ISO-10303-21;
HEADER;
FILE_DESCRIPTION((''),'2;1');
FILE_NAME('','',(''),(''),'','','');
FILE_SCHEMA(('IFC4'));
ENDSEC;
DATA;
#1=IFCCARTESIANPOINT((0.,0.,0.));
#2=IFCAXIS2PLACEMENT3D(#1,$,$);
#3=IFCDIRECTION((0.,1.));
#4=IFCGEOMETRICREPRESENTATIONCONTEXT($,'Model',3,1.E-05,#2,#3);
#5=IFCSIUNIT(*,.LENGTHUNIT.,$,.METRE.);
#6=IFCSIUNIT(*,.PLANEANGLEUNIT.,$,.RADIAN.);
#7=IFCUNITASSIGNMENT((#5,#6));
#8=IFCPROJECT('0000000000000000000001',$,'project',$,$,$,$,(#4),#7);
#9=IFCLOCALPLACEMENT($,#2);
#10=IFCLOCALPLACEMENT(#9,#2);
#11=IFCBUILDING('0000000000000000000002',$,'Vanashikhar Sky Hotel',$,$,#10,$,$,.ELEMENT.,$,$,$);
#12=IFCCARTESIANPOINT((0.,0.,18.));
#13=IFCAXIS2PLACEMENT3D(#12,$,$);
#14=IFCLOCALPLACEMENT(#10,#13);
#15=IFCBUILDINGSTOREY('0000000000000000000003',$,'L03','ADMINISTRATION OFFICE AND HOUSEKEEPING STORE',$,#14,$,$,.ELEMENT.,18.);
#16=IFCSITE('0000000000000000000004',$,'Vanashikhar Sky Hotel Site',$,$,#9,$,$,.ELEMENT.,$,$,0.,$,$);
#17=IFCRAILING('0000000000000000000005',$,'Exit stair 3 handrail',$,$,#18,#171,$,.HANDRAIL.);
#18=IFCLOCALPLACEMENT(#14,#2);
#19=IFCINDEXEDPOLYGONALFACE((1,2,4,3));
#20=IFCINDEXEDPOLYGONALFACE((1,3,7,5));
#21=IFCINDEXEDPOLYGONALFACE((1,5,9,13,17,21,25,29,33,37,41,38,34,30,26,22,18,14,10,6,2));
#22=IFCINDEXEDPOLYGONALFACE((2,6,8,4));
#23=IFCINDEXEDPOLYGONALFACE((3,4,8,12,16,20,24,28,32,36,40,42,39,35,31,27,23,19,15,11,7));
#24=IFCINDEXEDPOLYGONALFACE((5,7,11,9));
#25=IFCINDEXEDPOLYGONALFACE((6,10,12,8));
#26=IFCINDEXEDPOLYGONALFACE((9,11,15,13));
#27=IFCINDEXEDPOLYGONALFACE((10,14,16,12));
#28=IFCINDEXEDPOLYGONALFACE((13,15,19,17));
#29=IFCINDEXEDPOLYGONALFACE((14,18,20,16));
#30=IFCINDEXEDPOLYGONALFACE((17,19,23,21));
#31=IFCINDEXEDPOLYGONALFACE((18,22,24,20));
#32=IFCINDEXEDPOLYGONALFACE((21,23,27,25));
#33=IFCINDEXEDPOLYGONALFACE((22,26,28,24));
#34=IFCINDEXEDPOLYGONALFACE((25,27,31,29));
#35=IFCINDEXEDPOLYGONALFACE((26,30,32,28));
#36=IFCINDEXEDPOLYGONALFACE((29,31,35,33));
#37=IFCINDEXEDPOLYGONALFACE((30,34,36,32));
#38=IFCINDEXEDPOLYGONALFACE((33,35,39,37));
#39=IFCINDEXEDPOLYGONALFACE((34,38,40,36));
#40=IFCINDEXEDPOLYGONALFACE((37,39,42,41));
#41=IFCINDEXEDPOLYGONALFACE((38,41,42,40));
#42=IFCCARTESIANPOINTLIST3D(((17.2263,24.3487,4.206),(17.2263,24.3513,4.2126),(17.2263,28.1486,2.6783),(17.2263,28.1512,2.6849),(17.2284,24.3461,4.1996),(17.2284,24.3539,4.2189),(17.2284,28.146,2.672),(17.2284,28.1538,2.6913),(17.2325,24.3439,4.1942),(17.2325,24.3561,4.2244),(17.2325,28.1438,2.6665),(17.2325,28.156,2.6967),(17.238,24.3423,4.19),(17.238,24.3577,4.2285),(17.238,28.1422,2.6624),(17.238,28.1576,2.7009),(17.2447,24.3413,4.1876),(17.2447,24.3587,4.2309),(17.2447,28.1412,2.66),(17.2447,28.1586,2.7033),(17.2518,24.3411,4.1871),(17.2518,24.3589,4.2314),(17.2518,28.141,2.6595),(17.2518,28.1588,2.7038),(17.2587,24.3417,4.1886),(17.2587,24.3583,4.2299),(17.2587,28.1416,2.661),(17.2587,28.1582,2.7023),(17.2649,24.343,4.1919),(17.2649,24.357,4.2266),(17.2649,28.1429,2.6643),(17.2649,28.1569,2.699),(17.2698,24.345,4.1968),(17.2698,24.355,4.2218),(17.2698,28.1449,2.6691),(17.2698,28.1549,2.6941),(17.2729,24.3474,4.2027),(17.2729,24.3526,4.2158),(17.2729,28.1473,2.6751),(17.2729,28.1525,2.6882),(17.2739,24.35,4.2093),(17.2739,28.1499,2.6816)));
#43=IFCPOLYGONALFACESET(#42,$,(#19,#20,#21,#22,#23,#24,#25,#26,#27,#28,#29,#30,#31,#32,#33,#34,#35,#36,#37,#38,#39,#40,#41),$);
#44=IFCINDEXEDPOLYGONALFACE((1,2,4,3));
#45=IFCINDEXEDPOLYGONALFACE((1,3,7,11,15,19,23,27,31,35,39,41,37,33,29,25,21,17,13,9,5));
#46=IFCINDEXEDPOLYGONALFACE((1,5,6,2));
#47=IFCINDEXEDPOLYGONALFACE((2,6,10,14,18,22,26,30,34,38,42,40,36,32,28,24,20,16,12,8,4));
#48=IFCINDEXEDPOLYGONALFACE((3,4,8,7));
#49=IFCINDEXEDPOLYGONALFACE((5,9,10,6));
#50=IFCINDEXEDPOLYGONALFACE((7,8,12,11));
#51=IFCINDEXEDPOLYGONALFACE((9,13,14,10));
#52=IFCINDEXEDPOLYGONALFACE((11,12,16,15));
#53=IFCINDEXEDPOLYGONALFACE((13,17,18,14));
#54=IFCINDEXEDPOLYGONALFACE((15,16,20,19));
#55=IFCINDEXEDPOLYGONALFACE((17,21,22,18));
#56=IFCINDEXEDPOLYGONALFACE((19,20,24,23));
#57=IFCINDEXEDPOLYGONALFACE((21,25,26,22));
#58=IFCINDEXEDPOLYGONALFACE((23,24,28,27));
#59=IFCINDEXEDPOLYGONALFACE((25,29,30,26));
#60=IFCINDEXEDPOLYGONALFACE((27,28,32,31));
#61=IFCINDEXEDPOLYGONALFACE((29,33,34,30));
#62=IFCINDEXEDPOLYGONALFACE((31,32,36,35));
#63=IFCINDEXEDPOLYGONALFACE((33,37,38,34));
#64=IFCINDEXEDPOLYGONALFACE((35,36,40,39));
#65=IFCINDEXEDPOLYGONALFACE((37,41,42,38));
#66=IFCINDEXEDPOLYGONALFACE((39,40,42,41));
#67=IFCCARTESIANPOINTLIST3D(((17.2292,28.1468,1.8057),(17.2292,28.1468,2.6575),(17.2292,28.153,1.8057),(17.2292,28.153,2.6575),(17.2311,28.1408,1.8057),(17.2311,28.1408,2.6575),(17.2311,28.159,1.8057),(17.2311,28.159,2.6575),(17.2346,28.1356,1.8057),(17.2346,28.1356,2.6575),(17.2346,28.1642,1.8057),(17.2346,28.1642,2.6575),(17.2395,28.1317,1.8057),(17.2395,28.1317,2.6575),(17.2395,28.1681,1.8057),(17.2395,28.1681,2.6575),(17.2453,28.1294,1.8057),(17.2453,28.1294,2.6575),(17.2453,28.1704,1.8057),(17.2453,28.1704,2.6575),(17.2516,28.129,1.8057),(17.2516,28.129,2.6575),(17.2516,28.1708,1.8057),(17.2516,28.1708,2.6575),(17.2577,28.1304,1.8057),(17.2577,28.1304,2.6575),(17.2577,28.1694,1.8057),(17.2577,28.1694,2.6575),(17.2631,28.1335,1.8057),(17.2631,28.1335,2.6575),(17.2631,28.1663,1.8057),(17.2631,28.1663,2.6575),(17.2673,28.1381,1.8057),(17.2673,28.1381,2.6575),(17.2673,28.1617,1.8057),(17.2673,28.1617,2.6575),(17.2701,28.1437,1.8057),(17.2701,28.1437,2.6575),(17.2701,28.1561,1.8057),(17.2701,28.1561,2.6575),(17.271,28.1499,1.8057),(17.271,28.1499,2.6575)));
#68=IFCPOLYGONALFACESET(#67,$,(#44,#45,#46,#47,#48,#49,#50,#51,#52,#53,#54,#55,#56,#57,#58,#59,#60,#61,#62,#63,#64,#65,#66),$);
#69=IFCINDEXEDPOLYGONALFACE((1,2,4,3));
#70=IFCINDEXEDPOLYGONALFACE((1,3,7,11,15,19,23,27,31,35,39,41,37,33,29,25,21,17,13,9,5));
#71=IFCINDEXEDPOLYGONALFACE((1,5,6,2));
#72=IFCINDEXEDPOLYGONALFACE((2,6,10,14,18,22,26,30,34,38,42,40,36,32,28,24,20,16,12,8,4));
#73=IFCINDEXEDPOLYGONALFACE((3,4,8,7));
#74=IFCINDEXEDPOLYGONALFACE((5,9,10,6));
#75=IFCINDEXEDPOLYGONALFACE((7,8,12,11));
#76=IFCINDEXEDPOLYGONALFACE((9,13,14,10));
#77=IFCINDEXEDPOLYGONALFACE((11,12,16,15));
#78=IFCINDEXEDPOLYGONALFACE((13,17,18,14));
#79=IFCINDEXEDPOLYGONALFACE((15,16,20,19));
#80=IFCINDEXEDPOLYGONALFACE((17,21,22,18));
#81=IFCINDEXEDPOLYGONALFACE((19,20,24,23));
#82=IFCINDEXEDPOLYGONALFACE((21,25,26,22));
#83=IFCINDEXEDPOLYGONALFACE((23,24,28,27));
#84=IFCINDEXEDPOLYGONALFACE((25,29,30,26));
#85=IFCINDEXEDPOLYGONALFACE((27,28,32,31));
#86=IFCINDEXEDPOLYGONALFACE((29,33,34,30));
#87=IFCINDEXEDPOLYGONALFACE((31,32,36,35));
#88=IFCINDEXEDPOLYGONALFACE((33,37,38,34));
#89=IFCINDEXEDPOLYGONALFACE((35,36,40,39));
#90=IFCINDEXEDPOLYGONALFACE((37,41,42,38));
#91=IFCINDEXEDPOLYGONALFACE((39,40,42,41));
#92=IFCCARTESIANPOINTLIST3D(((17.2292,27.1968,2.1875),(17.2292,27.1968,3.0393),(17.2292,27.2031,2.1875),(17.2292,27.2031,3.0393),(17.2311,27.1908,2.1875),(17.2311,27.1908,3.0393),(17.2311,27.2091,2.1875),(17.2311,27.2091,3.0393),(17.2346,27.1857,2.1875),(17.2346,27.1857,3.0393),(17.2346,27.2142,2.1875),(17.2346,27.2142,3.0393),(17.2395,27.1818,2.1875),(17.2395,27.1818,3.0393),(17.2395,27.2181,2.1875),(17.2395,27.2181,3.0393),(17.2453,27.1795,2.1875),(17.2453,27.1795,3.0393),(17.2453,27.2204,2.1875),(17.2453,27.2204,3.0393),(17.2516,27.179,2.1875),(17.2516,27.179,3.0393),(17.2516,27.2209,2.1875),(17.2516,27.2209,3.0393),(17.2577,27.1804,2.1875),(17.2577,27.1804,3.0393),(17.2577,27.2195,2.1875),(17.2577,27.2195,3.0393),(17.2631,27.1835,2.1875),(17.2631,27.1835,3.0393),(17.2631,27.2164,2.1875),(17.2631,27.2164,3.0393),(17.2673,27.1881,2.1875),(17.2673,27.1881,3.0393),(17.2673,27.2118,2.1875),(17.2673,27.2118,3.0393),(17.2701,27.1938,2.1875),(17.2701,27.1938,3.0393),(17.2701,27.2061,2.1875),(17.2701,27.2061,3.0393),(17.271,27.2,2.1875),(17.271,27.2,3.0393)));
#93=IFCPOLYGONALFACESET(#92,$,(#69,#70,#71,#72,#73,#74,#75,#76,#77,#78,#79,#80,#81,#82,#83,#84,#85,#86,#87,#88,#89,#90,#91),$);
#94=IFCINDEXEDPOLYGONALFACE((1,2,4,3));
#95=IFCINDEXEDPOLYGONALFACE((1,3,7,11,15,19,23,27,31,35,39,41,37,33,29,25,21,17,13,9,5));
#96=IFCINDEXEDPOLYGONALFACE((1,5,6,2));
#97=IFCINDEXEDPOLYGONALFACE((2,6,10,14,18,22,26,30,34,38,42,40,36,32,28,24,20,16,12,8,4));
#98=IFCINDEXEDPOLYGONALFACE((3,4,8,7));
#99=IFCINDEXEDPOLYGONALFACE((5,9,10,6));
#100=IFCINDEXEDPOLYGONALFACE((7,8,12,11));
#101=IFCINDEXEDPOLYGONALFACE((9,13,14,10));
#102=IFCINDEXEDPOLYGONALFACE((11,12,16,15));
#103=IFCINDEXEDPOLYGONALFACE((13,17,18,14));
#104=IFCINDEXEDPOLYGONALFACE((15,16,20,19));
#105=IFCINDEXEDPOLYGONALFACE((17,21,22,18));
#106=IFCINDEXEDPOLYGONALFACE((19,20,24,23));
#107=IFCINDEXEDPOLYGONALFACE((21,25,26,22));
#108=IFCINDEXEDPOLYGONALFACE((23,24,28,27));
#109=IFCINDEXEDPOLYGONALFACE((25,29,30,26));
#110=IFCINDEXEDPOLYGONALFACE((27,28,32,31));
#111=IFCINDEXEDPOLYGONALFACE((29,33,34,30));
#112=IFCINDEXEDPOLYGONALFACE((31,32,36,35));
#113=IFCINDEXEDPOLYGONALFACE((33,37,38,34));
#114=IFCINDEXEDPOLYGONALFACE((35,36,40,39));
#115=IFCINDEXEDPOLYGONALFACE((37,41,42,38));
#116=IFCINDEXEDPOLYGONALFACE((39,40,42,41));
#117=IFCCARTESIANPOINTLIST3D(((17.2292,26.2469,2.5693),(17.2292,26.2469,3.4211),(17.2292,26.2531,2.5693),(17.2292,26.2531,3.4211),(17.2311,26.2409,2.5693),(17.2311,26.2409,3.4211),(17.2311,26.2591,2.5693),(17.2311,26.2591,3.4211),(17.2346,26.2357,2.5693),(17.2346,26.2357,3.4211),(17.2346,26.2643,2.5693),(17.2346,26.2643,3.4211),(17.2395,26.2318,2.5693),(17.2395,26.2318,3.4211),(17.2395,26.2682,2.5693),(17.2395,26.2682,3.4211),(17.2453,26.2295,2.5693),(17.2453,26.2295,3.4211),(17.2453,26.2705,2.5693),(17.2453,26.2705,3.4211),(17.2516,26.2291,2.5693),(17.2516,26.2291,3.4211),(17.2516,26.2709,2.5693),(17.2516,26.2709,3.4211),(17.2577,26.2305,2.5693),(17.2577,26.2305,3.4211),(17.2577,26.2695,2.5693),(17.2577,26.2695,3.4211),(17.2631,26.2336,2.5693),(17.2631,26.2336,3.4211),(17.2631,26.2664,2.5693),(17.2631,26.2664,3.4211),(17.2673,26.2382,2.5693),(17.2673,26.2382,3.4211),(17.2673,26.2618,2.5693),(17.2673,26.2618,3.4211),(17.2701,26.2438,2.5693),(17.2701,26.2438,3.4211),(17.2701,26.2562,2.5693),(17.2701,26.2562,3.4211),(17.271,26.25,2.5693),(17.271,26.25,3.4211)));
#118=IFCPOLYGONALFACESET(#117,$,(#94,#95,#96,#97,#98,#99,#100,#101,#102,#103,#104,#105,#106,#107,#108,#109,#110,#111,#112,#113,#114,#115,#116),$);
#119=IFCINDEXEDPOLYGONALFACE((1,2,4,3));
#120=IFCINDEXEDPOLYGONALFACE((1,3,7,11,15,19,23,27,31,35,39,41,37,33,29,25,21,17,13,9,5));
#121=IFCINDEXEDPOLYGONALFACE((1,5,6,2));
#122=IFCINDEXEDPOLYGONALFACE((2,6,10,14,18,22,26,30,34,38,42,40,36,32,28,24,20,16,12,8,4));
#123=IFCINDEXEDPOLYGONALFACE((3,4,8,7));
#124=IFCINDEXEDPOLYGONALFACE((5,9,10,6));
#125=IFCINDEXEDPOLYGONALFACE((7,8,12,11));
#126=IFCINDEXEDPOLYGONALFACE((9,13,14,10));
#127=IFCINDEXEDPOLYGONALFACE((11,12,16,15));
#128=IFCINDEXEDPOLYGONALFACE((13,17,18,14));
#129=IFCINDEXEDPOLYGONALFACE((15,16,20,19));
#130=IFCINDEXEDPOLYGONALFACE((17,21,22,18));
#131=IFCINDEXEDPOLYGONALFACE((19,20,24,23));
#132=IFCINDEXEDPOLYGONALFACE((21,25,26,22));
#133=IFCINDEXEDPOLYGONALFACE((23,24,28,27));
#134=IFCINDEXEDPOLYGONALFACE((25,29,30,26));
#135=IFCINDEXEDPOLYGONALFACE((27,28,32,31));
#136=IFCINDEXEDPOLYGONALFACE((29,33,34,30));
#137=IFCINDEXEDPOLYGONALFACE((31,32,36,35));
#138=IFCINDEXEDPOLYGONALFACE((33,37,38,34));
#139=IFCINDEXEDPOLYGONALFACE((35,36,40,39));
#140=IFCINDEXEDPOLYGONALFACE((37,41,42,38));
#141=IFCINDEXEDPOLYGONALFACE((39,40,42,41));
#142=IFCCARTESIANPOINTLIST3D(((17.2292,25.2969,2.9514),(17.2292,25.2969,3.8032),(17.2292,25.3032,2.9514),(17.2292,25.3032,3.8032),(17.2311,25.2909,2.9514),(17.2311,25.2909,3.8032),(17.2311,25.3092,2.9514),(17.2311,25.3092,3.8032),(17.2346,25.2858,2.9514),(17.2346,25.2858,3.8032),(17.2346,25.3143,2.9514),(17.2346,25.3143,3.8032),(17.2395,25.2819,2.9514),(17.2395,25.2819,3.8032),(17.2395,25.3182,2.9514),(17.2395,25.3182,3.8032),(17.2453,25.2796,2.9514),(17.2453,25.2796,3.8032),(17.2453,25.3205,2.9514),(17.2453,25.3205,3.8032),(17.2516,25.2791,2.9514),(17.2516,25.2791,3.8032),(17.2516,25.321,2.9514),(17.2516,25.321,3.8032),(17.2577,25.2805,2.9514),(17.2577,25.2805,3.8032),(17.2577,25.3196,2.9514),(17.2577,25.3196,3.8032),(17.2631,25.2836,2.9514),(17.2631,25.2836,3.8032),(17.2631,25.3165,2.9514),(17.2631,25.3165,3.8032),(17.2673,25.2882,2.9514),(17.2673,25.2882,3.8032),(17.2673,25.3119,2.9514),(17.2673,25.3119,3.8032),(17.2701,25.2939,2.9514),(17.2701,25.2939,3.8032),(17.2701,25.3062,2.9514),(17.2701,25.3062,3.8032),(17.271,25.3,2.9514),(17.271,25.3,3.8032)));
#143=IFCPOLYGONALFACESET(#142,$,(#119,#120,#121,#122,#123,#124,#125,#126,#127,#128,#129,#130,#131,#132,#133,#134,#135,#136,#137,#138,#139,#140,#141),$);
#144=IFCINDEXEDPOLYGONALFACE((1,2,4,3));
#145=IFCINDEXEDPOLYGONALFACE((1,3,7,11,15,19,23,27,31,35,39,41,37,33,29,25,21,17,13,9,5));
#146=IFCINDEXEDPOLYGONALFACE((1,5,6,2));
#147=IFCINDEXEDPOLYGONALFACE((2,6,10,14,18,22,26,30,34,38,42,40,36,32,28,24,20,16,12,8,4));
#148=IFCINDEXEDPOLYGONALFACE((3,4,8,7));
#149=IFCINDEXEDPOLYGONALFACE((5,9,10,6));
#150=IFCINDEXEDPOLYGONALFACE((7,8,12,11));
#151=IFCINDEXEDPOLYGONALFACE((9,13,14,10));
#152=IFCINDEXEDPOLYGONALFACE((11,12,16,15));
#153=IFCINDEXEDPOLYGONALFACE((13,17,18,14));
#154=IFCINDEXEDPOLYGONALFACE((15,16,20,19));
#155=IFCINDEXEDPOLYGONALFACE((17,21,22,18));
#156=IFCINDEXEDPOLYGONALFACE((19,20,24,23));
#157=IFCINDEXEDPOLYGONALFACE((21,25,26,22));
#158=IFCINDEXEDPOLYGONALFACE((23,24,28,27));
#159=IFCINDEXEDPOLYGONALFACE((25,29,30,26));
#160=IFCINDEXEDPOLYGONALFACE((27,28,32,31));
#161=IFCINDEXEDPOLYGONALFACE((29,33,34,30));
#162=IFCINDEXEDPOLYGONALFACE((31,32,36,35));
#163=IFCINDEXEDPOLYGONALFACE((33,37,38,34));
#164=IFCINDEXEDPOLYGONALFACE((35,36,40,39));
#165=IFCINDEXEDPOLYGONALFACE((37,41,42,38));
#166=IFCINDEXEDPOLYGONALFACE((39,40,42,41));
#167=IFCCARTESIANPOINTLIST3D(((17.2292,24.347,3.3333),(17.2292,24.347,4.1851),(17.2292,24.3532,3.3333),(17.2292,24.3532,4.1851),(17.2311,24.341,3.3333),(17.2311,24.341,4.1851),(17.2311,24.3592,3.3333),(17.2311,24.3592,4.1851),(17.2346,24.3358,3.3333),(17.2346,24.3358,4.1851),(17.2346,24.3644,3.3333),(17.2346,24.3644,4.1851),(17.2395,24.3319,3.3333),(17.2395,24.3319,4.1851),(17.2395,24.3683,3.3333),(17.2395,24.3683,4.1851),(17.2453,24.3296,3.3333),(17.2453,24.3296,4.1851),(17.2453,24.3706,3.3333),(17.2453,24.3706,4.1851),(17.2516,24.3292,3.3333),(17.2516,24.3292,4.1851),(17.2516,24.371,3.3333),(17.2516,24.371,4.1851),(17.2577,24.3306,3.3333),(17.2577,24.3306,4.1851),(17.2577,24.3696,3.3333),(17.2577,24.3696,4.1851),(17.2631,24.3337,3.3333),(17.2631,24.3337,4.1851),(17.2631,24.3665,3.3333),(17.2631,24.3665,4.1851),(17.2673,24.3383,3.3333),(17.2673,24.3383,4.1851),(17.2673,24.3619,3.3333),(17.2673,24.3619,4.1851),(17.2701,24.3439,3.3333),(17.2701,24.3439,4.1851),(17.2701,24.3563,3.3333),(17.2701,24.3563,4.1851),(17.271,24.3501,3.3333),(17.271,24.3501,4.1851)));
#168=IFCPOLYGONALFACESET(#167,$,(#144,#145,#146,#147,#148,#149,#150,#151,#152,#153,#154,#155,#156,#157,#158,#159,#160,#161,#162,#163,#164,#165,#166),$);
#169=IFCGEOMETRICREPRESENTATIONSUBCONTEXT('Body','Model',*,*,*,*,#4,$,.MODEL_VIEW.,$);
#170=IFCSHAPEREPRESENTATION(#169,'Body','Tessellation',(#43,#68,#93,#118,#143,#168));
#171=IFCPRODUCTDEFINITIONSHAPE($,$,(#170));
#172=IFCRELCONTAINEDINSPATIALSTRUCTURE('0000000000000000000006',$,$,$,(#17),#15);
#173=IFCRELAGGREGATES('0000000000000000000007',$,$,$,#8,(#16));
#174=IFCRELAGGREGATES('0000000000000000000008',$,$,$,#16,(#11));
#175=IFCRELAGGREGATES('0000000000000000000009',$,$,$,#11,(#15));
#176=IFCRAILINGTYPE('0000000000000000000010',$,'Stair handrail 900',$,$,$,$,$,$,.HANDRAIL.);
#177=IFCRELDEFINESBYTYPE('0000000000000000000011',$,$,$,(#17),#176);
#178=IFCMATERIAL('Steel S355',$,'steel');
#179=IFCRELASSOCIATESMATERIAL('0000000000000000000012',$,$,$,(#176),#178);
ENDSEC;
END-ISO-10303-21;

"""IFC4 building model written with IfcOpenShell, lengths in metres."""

from ifc_helpers import new_model, si_unit, direction, frame, origin, origin_2d, place, context, subcontext, project, spatial, circle, extrude, source, transform, mapped, material, type_object, element, save


model = new_model("IFC4")

# Units and contexts
model_context = context("Model", 3, precision=1e-05, world=origin(), true_north=direction((0.0, 1.0)))
body_context = subcontext(model_context, "Body", "Model", "MODEL_VIEW")
ifc_project = project(units=[si_unit("LENGTHUNIT", "METRE"), si_unit("PLANEANGLEUNIT", "RADIAN")], contexts=[model_context])

# Site, building, storey
site_placement = place(None, origin())
site = spatial("IfcSite", under=ifc_project, at=site_placement, Name="Vanashikhar Sky Hotel Site", CompositionType="ELEMENT", RefElevation=0.0)
building_placement = place(site_placement, origin())
building = spatial("IfcBuilding", under=site, at=building_placement, Name="Vanashikhar Sky Hotel", CompositionType="ELEMENT")
storey_placement = place(building_placement, frame((0.0, 0.0, 18.0)))
storey = spatial("IfcBuildingStorey", under=building, at=storey_placement, Name="L03", Description="ADMINISTRATION OFFICE AND HOUSEKEEPING STORE", CompositionType="ELEMENT", Elevation=18.0)

# Railing
ifc_material_1 = material(Name="Steel S355", Category="steel")
railing_type_1 = type_object("IfcRailingType", Name="Stair handrail 900", PredefinedType="HANDRAIL", material=ifc_material_1)
shared_shape_1 = source(origin(), body_context, "Body", "SweptSolid", [
    extrude(circle(Radius=0.0239, at=origin_2d()), frame((0.0, 0.0, 0.876), z_axis=(0.0, -0.92783, 0.373004), x_axis=(1.0, 0.0, 0.0)), (0.0, 0.0, 1.0), 4.0955),
    extrude(circle(Radius=0.021, at=origin_2d()), origin(), (0.0, 0.0, 1.0), 0.8518),
    extrude(circle(Radius=0.021, at=origin_2d()), frame((0.0, -0.95, 0.3818)), (0.0, 0.0, 1.0), 0.8518),
    extrude(circle(Radius=0.021, at=origin_2d()), frame((0.0, -1.8999, 0.7637)), (0.0, 0.0, 1.0), 0.8518),
    extrude(circle(Radius=0.021, at=origin_2d()), frame((0.0, -2.8499, 1.1458)), (0.0, 0.0, 1.0), 0.8518),
    extrude(circle(Radius=0.021, at=origin_2d()), frame((0.0, -3.7998, 1.5276)), (0.0, 0.0, 1.0), 0.8518),
])
railing_1_placement = place(storey_placement, frame((17.25, 28.1499, 1.8057)))
element("IfcRailing", 1, at=railing_1_placement, inside=storey, type_object=railing_type_1, Name="Exit stair 3 handrail", PredefinedType="HANDRAIL", context=body_context, shape_type="MappedRepresentation", body=[
    mapped(shared_shape_1, transform((0.0, 0.0, 0.0), scale=1.0)),
])

save(model, "model.ifc")
